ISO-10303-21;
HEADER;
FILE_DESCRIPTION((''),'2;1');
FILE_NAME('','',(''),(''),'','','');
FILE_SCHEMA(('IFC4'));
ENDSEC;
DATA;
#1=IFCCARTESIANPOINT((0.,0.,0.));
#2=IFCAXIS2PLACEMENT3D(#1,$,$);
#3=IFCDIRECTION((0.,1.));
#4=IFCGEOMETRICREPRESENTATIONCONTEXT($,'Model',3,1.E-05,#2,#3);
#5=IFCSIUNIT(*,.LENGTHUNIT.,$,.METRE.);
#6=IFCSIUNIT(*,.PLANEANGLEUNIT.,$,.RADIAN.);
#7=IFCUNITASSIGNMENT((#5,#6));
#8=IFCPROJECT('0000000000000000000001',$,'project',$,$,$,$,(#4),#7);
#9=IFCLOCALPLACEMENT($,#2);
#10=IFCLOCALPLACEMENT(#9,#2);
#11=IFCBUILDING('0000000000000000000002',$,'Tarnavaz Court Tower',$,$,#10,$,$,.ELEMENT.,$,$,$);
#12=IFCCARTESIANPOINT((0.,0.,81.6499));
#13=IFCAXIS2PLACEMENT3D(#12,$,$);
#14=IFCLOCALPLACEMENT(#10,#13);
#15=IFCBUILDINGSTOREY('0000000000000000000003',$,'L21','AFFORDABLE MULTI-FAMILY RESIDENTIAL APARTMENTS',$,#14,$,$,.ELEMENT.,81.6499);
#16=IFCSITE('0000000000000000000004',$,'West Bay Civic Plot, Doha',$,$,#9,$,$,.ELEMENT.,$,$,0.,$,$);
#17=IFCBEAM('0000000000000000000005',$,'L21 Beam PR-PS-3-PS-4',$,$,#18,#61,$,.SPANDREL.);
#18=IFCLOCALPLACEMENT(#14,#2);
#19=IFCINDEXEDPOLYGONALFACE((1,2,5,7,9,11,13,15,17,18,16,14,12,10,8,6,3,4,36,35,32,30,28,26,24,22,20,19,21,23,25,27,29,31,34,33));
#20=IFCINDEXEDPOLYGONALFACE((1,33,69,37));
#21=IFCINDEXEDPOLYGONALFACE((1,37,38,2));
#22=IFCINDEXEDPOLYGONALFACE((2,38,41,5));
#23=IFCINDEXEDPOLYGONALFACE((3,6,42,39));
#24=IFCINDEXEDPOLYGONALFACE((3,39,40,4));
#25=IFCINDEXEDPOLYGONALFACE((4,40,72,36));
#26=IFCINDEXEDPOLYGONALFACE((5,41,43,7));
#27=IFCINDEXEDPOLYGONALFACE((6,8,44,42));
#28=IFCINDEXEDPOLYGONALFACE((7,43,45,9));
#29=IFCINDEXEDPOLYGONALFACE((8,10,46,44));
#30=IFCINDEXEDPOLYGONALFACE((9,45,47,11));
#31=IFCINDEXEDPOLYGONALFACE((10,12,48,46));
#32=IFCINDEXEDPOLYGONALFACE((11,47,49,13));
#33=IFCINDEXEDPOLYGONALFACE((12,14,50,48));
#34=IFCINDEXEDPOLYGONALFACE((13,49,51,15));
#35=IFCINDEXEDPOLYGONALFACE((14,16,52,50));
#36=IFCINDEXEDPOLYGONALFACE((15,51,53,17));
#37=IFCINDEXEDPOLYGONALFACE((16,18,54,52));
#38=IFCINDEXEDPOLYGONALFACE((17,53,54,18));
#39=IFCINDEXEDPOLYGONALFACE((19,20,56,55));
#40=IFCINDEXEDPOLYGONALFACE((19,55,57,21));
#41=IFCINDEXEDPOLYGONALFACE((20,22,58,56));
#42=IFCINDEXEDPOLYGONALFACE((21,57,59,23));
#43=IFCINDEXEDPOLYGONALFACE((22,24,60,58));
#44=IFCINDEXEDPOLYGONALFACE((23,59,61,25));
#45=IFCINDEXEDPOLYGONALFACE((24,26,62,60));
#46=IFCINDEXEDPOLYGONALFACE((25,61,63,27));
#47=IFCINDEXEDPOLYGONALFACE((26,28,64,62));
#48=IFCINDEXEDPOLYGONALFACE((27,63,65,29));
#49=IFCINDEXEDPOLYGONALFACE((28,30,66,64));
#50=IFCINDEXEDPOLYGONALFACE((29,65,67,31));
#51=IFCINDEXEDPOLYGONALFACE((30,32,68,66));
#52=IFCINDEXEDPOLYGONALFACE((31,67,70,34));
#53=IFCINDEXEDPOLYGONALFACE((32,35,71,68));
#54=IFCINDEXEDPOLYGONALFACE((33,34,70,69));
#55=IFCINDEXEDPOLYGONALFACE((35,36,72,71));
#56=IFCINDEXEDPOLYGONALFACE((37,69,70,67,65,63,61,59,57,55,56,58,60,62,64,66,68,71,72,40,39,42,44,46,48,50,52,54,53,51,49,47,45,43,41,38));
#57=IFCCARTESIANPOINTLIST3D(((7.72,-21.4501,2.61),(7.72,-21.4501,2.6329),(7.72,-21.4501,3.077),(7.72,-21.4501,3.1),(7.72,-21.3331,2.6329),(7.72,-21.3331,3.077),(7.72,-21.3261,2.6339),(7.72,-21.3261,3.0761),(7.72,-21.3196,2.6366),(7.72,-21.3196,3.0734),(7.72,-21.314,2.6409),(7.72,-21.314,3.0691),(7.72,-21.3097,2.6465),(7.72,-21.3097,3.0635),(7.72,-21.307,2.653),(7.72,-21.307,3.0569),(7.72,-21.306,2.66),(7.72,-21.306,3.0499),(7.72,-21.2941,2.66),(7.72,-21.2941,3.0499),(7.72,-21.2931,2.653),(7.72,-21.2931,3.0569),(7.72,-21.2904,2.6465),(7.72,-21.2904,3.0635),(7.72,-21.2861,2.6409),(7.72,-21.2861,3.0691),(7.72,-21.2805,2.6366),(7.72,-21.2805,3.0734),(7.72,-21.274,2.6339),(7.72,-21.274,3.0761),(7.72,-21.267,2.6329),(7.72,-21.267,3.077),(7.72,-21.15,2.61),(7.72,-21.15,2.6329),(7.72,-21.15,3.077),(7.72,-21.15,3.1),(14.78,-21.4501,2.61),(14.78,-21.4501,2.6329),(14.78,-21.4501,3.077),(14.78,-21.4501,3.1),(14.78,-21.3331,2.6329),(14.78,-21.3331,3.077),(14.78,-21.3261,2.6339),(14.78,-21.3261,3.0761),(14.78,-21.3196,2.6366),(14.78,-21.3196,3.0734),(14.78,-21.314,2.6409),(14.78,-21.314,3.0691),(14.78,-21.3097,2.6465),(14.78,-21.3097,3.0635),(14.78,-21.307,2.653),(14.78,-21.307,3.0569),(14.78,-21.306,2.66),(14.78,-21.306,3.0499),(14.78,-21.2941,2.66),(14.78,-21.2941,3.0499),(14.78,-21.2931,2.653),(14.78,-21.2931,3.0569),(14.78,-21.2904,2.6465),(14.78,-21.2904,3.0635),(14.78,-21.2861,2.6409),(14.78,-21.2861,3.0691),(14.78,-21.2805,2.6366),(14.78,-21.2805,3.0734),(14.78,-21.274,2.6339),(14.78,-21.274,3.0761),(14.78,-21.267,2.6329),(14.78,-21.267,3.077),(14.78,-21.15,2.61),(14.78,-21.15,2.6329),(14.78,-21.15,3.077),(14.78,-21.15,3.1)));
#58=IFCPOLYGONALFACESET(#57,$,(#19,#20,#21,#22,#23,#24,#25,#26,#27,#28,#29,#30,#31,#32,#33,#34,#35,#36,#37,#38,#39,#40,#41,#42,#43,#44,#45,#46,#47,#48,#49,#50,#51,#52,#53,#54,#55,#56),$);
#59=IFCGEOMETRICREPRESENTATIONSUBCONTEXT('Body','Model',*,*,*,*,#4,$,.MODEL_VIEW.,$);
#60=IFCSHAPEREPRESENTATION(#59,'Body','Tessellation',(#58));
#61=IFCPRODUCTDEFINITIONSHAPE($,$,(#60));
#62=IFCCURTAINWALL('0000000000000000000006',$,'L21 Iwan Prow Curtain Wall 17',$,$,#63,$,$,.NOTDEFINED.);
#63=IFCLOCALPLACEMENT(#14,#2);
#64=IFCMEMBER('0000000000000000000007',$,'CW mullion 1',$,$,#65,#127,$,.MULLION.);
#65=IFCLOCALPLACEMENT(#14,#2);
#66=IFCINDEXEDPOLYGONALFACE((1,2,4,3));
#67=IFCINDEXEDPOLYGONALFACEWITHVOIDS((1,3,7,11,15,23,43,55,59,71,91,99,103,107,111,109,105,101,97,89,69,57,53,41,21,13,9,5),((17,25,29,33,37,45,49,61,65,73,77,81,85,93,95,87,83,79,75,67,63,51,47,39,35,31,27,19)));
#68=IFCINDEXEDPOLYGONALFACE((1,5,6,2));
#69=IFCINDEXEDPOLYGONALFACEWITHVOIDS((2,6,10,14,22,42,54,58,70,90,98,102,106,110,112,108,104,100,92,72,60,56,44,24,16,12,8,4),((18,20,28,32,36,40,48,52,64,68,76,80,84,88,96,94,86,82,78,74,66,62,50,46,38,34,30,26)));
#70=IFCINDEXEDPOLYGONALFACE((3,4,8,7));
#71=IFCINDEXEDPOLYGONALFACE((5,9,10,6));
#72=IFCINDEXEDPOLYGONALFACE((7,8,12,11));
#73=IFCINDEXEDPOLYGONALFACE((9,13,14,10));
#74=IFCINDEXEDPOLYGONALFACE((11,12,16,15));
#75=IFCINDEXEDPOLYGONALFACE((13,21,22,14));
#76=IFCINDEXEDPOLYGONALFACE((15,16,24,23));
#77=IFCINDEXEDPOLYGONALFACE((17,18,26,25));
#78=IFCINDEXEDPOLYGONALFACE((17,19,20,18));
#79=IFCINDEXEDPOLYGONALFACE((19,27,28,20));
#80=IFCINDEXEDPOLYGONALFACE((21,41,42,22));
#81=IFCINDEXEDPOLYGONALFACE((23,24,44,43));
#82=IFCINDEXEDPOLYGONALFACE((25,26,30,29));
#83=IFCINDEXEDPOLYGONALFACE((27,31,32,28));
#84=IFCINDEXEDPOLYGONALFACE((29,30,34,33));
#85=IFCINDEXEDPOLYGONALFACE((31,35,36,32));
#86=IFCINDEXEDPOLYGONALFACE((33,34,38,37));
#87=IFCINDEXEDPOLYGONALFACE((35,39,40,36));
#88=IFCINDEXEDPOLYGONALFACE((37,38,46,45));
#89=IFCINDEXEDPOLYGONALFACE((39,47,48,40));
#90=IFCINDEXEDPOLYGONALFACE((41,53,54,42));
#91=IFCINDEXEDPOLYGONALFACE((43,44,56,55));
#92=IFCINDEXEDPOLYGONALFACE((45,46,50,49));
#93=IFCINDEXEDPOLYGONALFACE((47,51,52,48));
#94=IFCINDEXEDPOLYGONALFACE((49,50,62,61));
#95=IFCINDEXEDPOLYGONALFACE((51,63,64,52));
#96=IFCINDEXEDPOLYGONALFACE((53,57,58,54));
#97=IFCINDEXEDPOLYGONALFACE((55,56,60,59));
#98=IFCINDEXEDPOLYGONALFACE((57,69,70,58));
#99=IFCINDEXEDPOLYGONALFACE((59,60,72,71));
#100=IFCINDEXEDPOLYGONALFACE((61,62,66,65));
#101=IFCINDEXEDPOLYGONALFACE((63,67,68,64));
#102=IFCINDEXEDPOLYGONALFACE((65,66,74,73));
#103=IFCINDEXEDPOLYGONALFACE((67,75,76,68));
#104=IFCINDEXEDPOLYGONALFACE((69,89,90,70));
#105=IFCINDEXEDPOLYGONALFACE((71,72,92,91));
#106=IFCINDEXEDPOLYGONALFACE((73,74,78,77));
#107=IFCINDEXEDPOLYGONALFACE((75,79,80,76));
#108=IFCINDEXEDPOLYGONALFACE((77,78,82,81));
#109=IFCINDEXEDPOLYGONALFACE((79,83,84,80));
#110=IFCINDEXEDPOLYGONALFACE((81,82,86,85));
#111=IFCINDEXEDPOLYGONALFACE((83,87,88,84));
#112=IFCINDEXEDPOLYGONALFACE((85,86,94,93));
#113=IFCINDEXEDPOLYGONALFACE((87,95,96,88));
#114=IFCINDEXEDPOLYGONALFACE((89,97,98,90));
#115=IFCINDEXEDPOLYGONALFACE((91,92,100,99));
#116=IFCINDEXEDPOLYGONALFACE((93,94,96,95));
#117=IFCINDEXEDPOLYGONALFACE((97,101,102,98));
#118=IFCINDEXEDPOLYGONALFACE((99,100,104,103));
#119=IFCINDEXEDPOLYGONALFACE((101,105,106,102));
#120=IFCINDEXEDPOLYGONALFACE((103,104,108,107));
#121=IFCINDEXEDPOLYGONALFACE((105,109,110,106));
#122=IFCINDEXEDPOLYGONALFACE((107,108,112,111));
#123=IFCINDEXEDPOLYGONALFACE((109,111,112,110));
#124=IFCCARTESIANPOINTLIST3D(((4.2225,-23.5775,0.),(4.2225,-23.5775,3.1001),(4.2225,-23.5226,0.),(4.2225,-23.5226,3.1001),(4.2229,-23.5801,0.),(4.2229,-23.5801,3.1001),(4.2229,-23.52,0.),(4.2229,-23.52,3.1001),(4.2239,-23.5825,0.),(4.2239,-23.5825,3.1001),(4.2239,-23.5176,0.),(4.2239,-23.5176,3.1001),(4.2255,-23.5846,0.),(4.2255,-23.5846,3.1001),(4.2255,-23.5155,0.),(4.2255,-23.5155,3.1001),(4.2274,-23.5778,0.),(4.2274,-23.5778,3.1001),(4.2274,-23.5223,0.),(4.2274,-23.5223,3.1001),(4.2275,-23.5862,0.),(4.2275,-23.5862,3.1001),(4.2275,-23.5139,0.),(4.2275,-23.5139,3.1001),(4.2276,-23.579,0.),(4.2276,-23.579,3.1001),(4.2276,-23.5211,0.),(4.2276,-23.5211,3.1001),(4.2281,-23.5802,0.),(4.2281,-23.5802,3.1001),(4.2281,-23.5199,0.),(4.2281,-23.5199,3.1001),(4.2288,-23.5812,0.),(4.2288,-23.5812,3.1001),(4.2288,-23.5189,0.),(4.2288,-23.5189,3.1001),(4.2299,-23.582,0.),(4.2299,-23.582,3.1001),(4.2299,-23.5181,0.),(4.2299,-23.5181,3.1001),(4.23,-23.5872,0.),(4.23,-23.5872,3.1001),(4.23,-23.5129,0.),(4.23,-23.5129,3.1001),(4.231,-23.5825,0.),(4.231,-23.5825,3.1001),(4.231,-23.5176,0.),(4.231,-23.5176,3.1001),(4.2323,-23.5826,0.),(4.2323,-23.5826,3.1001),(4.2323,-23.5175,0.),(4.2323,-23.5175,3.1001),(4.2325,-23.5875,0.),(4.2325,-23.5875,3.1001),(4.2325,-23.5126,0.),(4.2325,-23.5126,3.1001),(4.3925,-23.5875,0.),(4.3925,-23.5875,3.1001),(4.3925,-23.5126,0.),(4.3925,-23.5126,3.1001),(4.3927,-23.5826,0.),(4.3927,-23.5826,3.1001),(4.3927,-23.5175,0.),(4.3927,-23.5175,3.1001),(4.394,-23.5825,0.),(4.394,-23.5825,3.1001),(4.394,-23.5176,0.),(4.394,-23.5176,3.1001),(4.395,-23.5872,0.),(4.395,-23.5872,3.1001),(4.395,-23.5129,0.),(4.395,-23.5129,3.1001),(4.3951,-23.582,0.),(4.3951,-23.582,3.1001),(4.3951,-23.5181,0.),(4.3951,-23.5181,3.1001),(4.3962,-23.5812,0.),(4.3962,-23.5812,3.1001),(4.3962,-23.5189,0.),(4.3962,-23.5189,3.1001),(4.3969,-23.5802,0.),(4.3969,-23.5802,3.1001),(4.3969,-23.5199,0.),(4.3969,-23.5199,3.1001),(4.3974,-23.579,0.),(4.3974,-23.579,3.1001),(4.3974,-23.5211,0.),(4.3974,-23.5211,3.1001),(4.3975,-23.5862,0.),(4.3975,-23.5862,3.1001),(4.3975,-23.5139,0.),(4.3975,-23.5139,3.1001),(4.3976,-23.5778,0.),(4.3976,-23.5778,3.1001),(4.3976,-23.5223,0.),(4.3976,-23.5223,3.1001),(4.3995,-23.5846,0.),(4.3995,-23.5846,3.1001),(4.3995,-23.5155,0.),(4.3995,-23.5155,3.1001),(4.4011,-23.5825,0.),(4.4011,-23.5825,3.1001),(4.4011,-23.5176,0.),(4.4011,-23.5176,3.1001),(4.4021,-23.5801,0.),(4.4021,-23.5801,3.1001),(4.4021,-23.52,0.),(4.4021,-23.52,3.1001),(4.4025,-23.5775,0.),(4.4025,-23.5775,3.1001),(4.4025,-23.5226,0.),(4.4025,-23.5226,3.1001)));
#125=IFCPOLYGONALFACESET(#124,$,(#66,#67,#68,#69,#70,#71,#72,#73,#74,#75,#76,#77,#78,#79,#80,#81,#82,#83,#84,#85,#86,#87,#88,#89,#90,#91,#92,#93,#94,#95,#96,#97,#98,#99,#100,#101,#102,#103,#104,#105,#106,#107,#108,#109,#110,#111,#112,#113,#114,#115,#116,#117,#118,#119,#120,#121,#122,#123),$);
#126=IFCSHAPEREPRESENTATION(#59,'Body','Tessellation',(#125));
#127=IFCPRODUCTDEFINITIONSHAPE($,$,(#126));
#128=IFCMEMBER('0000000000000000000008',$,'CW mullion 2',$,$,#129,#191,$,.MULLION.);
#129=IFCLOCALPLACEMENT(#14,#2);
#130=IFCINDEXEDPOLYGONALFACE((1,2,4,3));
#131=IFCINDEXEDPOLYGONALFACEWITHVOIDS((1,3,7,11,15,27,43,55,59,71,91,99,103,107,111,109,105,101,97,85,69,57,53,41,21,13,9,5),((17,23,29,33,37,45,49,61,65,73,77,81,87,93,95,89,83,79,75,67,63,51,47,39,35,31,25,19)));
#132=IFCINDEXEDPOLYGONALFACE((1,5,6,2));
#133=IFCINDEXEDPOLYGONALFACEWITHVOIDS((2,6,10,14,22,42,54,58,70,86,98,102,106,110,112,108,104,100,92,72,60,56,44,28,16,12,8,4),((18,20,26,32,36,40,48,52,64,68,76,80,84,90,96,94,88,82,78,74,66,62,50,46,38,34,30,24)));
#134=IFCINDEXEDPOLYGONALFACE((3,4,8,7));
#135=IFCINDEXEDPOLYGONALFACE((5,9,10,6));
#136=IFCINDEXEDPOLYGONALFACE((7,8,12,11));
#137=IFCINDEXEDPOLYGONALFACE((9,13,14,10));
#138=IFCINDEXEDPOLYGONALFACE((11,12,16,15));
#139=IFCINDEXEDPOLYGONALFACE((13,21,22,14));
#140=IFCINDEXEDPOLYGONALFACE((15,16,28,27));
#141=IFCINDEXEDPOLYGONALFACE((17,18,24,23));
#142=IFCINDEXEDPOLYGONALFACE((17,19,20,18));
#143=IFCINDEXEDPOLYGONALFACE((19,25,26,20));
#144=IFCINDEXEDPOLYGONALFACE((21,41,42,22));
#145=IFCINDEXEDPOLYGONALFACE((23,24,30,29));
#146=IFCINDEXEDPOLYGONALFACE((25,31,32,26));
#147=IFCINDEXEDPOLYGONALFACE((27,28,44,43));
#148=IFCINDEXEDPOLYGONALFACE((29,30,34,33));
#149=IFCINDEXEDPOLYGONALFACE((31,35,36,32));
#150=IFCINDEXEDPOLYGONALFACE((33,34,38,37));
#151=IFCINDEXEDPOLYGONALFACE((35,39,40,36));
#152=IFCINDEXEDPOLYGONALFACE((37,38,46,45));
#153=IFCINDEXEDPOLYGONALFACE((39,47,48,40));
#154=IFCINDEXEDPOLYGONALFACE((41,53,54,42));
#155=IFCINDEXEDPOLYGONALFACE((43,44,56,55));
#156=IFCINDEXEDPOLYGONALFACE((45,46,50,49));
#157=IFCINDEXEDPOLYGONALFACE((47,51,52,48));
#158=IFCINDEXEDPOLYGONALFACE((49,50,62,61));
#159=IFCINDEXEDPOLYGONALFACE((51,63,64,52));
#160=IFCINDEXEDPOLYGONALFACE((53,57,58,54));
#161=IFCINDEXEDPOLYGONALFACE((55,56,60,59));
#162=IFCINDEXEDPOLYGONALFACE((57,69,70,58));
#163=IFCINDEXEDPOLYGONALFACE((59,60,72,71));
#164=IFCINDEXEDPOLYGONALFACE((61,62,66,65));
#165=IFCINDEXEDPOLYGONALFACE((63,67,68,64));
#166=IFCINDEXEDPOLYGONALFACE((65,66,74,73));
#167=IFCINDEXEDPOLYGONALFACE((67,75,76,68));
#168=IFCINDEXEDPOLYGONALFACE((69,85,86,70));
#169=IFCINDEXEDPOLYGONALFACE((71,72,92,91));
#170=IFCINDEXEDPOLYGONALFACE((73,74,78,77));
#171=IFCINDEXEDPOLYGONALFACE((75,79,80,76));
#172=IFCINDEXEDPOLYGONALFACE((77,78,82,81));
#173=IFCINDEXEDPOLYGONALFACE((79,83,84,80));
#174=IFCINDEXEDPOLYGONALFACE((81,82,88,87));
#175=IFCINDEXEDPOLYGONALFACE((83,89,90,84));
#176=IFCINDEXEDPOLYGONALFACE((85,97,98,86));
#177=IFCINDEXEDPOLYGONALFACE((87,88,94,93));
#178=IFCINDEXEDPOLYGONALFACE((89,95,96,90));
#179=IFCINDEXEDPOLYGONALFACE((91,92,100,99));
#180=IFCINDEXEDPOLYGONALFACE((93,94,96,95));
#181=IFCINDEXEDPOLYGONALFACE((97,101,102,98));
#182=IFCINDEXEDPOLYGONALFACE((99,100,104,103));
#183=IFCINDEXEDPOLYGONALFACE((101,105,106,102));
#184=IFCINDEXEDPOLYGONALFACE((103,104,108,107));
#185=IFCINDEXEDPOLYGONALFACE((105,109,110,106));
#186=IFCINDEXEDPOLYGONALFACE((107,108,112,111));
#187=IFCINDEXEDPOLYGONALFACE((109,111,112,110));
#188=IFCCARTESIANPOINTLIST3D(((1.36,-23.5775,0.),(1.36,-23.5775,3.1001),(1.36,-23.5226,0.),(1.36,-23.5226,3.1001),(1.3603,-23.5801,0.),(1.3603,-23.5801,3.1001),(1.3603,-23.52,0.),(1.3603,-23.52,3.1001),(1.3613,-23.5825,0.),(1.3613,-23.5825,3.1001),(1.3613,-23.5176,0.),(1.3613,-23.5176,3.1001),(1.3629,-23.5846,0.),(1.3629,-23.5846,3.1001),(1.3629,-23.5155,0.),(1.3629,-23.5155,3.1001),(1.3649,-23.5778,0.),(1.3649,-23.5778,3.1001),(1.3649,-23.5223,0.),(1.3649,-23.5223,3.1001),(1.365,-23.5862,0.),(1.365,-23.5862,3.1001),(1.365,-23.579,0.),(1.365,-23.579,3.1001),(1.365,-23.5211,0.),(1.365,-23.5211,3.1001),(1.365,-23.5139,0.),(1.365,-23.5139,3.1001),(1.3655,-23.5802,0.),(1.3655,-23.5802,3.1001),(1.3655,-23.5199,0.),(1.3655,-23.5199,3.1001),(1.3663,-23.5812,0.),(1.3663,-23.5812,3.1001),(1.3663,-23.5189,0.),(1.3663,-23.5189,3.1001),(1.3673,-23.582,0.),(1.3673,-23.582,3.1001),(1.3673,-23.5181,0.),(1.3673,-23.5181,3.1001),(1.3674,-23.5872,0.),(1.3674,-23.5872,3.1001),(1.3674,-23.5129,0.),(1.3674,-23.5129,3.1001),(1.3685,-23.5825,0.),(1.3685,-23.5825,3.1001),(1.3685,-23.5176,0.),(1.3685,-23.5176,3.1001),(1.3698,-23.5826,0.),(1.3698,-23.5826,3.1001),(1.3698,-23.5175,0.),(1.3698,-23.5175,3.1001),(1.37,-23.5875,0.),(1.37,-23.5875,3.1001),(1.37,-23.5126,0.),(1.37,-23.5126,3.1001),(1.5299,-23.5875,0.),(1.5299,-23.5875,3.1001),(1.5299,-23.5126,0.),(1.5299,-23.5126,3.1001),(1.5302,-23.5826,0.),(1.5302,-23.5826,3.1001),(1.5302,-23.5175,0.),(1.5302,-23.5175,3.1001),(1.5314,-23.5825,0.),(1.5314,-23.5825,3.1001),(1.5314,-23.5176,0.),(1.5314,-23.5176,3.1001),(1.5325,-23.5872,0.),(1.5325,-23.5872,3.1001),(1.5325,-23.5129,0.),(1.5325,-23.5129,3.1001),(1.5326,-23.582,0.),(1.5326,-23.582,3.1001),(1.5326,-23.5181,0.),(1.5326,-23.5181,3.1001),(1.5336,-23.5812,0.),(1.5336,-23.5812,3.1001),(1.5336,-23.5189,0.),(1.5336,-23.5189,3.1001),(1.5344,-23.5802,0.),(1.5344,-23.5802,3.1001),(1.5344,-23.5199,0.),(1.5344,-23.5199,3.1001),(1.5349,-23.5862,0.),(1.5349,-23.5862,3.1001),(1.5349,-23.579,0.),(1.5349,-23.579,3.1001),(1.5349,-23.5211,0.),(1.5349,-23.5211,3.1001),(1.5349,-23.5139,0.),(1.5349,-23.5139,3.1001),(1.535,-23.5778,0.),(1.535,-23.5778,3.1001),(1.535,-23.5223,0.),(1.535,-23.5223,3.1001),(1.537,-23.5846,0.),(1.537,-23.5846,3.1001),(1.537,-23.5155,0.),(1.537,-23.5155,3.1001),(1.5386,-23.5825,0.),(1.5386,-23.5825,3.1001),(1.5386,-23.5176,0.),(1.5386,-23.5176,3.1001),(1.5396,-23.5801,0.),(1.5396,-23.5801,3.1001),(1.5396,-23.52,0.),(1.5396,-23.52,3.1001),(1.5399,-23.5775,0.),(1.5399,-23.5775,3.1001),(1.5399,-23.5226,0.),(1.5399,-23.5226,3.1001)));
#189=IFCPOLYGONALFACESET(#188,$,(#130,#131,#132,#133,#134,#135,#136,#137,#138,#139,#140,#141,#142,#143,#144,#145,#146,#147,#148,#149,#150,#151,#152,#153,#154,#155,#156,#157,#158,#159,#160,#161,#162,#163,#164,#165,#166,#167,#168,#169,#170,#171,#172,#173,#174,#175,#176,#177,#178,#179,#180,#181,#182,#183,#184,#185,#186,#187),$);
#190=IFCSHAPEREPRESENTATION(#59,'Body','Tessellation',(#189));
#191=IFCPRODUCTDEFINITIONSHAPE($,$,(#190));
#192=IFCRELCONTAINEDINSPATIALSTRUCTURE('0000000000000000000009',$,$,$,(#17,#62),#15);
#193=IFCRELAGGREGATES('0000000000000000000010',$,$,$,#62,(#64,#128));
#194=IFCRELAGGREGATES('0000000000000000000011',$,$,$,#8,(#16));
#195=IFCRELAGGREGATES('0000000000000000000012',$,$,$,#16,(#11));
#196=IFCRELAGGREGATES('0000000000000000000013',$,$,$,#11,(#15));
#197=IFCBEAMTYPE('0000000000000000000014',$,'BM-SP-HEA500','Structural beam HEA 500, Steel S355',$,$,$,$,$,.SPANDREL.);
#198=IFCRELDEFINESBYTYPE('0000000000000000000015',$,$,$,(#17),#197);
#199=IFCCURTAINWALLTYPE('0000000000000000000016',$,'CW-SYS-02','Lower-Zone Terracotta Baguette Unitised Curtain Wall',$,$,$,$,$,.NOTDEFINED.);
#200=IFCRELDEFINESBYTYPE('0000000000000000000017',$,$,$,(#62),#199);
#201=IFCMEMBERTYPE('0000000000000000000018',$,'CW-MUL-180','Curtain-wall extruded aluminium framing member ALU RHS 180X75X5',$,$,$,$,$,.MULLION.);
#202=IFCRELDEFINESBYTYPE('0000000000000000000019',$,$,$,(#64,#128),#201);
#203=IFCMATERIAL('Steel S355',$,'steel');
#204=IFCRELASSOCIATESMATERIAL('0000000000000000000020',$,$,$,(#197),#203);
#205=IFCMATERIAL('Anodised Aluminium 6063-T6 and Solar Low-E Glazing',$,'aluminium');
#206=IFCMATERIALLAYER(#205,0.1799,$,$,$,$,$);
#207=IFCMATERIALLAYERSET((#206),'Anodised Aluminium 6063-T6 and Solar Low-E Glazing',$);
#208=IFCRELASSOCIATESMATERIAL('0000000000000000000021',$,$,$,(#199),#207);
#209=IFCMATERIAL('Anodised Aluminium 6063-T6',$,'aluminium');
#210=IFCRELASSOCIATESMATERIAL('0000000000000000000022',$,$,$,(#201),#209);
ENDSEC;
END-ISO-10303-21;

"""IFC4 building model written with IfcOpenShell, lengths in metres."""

from ifc_helpers import new_model, si_unit, direction, frame, origin, origin_2d, place, context, subcontext, project, spatial, hollow_rectangle, i_section, extrude, material, layer, layer_set, material_profile, profile_set, type_object, element, aggregate, save


model = new_model("IFC4")

# Units and contexts
model_context = context("Model", 3, precision=1e-05, world=origin(), true_north=direction((0.0, 1.0)))
body_context = subcontext(model_context, "Body", "Model", "MODEL_VIEW")
ifc_project = project(units=[si_unit("LENGTHUNIT", "METRE"), si_unit("PLANEANGLEUNIT", "RADIAN")], contexts=[model_context])

# Site, building, storey
site_placement = place(None, origin())
site = spatial("IfcSite", under=ifc_project, at=site_placement, Name="West Bay Civic Plot, Doha", CompositionType="ELEMENT", RefElevation=0.0)
building_placement = place(site_placement, origin())
building = spatial("IfcBuilding", under=site, at=building_placement, Name="Tarnavaz Court Tower", CompositionType="ELEMENT")
storey_placement = place(building_placement, frame((0.0, 0.0, 81.6499)))
storey = spatial("IfcBuildingStorey", under=building, at=storey_placement, Name="L21", Description="AFFORDABLE MULTI-FAMILY RESIDENTIAL APARTMENTS", CompositionType="ELEMENT", Elevation=81.6499)

# Beam
ifc_material_1 = material(Name="Steel S355", Category="steel")
ifc_material_profile_1 = material_profile(ifc_material_1, i_section(OverallWidth=0.3, OverallDepth=0.49, WebThickness=0.012, FlangeThickness=0.0229, FilletRadius=0.0271, at=origin_2d()), Name="HEA 500")
ifc_profile_set_1 = profile_set([ifc_material_profile_1], Name="Steel S355")
beam_type_1 = type_object("IfcBeamType", Name="BM-SP-HEA500", Description="Structural beam HEA 500, Steel S355", PredefinedType="SPANDREL", material=ifc_profile_set_1)
beam_placement = place(storey_placement, frame((7.72, -21.3, 2.855), z_axis=(1.0, 0.0, 0.0), x_axis=(0.0, 1.0, 0.0)))
element("IfcBeam", 1, at=beam_placement, inside=storey, type_object=beam_type_1, Name="L21 Beam PR-PS-3-PS-4", PredefinedType="SPANDREL", context=body_context, shape_type="SweptSolid", body=[
    extrude(i_section(OverallWidth=0.3, OverallDepth=0.49, WebThickness=0.012, FlangeThickness=0.0229, FilletRadius=0.0271, at=origin_2d()), origin(), (0.0, 0.0, 1.0), 7.0601),
])

# Curtain wall, members
ifc_material_2 = material(Name="Anodised Aluminium 6063-T6 and Solar Low-E Glazing", Category="aluminium")
ifc_layer_1 = layer(ifc_material_2, 0.1799)
ifc_layer_set_1 = layer_set([ifc_layer_1], Name="Anodised Aluminium 6063-T6 and Solar Low-E Glazing")
curtain_wall_type = type_object("IfcCurtainWallType", Name="CW-SYS-02", Description="Lower-Zone Terracotta Baguette Unitised Curtain Wall", PredefinedType="NOTDEFINED", material=ifc_layer_set_1)
curtain_wall_placement = place(storey_placement, origin())
curtain_wall = element("IfcCurtainWall", 2, at=curtain_wall_placement, inside=storey, type_object=curtain_wall_type, Name="L21 Iwan Prow Curtain Wall 17", PredefinedType="NOTDEFINED")
ifc_material_3 = material(Name="Anodised Aluminium 6063-T6", Category="aluminium")
ifc_material_profile_2 = material_profile(ifc_material_3, hollow_rectangle(XDim=0.075, YDim=0.1799, WallThickness=0.0049, InnerFilletRadius=0.0049, OuterFilletRadius=0.01, at=origin_2d()), Name="ALU RHS 180X75X5")
ifc_profile_set_2 = profile_set([ifc_material_profile_2], Name="Anodised Aluminium 6063-T6")
member_type_1 = type_object("IfcMemberType", Name="CW-MUL-180", Description="Curtain-wall extruded aluminium framing member ALU RHS 180X75X5", PredefinedType="MULLION", material=ifc_profile_set_2)
member_1_placement = place(storey_placement, frame((4.3125, -23.55, 0.0), z_axis=(0.0, 0.0, 1.0), x_axis=(0.0, -1.0, 0.0)))
member_1 = element("IfcMember", 3, at=member_1_placement, type_object=member_type_1, Name="CW mullion 1", PredefinedType="MULLION", context=body_context, shape_type="SweptSolid", body=[
    extrude(hollow_rectangle(XDim=0.075, YDim=0.1799, WallThickness=0.0049, InnerFilletRadius=0.0049, OuterFilletRadius=0.01, at=origin_2d()), origin(), (0.0, 0.0, 1.0), 3.1001),
])
member_2_placement = place(storey_placement, frame((1.45, -23.55, 0.0), z_axis=(0.0, 0.0, 1.0), x_axis=(0.0, -1.0, 0.0)))
member_2 = element("IfcMember", 4, at=member_2_placement, type_object=member_type_1, Name="CW mullion 2", PredefinedType="MULLION", context=body_context, shape_type="SweptSolid", body=[
    extrude(hollow_rectangle(XDim=0.075, YDim=0.1799, WallThickness=0.0049, InnerFilletRadius=0.0049, OuterFilletRadius=0.01, at=origin_2d()), origin(), (0.0, 0.0, 1.0), 3.1001),
])
aggregate(curtain_wall, [member_1, member_2])

save(model, "model.ifc")
